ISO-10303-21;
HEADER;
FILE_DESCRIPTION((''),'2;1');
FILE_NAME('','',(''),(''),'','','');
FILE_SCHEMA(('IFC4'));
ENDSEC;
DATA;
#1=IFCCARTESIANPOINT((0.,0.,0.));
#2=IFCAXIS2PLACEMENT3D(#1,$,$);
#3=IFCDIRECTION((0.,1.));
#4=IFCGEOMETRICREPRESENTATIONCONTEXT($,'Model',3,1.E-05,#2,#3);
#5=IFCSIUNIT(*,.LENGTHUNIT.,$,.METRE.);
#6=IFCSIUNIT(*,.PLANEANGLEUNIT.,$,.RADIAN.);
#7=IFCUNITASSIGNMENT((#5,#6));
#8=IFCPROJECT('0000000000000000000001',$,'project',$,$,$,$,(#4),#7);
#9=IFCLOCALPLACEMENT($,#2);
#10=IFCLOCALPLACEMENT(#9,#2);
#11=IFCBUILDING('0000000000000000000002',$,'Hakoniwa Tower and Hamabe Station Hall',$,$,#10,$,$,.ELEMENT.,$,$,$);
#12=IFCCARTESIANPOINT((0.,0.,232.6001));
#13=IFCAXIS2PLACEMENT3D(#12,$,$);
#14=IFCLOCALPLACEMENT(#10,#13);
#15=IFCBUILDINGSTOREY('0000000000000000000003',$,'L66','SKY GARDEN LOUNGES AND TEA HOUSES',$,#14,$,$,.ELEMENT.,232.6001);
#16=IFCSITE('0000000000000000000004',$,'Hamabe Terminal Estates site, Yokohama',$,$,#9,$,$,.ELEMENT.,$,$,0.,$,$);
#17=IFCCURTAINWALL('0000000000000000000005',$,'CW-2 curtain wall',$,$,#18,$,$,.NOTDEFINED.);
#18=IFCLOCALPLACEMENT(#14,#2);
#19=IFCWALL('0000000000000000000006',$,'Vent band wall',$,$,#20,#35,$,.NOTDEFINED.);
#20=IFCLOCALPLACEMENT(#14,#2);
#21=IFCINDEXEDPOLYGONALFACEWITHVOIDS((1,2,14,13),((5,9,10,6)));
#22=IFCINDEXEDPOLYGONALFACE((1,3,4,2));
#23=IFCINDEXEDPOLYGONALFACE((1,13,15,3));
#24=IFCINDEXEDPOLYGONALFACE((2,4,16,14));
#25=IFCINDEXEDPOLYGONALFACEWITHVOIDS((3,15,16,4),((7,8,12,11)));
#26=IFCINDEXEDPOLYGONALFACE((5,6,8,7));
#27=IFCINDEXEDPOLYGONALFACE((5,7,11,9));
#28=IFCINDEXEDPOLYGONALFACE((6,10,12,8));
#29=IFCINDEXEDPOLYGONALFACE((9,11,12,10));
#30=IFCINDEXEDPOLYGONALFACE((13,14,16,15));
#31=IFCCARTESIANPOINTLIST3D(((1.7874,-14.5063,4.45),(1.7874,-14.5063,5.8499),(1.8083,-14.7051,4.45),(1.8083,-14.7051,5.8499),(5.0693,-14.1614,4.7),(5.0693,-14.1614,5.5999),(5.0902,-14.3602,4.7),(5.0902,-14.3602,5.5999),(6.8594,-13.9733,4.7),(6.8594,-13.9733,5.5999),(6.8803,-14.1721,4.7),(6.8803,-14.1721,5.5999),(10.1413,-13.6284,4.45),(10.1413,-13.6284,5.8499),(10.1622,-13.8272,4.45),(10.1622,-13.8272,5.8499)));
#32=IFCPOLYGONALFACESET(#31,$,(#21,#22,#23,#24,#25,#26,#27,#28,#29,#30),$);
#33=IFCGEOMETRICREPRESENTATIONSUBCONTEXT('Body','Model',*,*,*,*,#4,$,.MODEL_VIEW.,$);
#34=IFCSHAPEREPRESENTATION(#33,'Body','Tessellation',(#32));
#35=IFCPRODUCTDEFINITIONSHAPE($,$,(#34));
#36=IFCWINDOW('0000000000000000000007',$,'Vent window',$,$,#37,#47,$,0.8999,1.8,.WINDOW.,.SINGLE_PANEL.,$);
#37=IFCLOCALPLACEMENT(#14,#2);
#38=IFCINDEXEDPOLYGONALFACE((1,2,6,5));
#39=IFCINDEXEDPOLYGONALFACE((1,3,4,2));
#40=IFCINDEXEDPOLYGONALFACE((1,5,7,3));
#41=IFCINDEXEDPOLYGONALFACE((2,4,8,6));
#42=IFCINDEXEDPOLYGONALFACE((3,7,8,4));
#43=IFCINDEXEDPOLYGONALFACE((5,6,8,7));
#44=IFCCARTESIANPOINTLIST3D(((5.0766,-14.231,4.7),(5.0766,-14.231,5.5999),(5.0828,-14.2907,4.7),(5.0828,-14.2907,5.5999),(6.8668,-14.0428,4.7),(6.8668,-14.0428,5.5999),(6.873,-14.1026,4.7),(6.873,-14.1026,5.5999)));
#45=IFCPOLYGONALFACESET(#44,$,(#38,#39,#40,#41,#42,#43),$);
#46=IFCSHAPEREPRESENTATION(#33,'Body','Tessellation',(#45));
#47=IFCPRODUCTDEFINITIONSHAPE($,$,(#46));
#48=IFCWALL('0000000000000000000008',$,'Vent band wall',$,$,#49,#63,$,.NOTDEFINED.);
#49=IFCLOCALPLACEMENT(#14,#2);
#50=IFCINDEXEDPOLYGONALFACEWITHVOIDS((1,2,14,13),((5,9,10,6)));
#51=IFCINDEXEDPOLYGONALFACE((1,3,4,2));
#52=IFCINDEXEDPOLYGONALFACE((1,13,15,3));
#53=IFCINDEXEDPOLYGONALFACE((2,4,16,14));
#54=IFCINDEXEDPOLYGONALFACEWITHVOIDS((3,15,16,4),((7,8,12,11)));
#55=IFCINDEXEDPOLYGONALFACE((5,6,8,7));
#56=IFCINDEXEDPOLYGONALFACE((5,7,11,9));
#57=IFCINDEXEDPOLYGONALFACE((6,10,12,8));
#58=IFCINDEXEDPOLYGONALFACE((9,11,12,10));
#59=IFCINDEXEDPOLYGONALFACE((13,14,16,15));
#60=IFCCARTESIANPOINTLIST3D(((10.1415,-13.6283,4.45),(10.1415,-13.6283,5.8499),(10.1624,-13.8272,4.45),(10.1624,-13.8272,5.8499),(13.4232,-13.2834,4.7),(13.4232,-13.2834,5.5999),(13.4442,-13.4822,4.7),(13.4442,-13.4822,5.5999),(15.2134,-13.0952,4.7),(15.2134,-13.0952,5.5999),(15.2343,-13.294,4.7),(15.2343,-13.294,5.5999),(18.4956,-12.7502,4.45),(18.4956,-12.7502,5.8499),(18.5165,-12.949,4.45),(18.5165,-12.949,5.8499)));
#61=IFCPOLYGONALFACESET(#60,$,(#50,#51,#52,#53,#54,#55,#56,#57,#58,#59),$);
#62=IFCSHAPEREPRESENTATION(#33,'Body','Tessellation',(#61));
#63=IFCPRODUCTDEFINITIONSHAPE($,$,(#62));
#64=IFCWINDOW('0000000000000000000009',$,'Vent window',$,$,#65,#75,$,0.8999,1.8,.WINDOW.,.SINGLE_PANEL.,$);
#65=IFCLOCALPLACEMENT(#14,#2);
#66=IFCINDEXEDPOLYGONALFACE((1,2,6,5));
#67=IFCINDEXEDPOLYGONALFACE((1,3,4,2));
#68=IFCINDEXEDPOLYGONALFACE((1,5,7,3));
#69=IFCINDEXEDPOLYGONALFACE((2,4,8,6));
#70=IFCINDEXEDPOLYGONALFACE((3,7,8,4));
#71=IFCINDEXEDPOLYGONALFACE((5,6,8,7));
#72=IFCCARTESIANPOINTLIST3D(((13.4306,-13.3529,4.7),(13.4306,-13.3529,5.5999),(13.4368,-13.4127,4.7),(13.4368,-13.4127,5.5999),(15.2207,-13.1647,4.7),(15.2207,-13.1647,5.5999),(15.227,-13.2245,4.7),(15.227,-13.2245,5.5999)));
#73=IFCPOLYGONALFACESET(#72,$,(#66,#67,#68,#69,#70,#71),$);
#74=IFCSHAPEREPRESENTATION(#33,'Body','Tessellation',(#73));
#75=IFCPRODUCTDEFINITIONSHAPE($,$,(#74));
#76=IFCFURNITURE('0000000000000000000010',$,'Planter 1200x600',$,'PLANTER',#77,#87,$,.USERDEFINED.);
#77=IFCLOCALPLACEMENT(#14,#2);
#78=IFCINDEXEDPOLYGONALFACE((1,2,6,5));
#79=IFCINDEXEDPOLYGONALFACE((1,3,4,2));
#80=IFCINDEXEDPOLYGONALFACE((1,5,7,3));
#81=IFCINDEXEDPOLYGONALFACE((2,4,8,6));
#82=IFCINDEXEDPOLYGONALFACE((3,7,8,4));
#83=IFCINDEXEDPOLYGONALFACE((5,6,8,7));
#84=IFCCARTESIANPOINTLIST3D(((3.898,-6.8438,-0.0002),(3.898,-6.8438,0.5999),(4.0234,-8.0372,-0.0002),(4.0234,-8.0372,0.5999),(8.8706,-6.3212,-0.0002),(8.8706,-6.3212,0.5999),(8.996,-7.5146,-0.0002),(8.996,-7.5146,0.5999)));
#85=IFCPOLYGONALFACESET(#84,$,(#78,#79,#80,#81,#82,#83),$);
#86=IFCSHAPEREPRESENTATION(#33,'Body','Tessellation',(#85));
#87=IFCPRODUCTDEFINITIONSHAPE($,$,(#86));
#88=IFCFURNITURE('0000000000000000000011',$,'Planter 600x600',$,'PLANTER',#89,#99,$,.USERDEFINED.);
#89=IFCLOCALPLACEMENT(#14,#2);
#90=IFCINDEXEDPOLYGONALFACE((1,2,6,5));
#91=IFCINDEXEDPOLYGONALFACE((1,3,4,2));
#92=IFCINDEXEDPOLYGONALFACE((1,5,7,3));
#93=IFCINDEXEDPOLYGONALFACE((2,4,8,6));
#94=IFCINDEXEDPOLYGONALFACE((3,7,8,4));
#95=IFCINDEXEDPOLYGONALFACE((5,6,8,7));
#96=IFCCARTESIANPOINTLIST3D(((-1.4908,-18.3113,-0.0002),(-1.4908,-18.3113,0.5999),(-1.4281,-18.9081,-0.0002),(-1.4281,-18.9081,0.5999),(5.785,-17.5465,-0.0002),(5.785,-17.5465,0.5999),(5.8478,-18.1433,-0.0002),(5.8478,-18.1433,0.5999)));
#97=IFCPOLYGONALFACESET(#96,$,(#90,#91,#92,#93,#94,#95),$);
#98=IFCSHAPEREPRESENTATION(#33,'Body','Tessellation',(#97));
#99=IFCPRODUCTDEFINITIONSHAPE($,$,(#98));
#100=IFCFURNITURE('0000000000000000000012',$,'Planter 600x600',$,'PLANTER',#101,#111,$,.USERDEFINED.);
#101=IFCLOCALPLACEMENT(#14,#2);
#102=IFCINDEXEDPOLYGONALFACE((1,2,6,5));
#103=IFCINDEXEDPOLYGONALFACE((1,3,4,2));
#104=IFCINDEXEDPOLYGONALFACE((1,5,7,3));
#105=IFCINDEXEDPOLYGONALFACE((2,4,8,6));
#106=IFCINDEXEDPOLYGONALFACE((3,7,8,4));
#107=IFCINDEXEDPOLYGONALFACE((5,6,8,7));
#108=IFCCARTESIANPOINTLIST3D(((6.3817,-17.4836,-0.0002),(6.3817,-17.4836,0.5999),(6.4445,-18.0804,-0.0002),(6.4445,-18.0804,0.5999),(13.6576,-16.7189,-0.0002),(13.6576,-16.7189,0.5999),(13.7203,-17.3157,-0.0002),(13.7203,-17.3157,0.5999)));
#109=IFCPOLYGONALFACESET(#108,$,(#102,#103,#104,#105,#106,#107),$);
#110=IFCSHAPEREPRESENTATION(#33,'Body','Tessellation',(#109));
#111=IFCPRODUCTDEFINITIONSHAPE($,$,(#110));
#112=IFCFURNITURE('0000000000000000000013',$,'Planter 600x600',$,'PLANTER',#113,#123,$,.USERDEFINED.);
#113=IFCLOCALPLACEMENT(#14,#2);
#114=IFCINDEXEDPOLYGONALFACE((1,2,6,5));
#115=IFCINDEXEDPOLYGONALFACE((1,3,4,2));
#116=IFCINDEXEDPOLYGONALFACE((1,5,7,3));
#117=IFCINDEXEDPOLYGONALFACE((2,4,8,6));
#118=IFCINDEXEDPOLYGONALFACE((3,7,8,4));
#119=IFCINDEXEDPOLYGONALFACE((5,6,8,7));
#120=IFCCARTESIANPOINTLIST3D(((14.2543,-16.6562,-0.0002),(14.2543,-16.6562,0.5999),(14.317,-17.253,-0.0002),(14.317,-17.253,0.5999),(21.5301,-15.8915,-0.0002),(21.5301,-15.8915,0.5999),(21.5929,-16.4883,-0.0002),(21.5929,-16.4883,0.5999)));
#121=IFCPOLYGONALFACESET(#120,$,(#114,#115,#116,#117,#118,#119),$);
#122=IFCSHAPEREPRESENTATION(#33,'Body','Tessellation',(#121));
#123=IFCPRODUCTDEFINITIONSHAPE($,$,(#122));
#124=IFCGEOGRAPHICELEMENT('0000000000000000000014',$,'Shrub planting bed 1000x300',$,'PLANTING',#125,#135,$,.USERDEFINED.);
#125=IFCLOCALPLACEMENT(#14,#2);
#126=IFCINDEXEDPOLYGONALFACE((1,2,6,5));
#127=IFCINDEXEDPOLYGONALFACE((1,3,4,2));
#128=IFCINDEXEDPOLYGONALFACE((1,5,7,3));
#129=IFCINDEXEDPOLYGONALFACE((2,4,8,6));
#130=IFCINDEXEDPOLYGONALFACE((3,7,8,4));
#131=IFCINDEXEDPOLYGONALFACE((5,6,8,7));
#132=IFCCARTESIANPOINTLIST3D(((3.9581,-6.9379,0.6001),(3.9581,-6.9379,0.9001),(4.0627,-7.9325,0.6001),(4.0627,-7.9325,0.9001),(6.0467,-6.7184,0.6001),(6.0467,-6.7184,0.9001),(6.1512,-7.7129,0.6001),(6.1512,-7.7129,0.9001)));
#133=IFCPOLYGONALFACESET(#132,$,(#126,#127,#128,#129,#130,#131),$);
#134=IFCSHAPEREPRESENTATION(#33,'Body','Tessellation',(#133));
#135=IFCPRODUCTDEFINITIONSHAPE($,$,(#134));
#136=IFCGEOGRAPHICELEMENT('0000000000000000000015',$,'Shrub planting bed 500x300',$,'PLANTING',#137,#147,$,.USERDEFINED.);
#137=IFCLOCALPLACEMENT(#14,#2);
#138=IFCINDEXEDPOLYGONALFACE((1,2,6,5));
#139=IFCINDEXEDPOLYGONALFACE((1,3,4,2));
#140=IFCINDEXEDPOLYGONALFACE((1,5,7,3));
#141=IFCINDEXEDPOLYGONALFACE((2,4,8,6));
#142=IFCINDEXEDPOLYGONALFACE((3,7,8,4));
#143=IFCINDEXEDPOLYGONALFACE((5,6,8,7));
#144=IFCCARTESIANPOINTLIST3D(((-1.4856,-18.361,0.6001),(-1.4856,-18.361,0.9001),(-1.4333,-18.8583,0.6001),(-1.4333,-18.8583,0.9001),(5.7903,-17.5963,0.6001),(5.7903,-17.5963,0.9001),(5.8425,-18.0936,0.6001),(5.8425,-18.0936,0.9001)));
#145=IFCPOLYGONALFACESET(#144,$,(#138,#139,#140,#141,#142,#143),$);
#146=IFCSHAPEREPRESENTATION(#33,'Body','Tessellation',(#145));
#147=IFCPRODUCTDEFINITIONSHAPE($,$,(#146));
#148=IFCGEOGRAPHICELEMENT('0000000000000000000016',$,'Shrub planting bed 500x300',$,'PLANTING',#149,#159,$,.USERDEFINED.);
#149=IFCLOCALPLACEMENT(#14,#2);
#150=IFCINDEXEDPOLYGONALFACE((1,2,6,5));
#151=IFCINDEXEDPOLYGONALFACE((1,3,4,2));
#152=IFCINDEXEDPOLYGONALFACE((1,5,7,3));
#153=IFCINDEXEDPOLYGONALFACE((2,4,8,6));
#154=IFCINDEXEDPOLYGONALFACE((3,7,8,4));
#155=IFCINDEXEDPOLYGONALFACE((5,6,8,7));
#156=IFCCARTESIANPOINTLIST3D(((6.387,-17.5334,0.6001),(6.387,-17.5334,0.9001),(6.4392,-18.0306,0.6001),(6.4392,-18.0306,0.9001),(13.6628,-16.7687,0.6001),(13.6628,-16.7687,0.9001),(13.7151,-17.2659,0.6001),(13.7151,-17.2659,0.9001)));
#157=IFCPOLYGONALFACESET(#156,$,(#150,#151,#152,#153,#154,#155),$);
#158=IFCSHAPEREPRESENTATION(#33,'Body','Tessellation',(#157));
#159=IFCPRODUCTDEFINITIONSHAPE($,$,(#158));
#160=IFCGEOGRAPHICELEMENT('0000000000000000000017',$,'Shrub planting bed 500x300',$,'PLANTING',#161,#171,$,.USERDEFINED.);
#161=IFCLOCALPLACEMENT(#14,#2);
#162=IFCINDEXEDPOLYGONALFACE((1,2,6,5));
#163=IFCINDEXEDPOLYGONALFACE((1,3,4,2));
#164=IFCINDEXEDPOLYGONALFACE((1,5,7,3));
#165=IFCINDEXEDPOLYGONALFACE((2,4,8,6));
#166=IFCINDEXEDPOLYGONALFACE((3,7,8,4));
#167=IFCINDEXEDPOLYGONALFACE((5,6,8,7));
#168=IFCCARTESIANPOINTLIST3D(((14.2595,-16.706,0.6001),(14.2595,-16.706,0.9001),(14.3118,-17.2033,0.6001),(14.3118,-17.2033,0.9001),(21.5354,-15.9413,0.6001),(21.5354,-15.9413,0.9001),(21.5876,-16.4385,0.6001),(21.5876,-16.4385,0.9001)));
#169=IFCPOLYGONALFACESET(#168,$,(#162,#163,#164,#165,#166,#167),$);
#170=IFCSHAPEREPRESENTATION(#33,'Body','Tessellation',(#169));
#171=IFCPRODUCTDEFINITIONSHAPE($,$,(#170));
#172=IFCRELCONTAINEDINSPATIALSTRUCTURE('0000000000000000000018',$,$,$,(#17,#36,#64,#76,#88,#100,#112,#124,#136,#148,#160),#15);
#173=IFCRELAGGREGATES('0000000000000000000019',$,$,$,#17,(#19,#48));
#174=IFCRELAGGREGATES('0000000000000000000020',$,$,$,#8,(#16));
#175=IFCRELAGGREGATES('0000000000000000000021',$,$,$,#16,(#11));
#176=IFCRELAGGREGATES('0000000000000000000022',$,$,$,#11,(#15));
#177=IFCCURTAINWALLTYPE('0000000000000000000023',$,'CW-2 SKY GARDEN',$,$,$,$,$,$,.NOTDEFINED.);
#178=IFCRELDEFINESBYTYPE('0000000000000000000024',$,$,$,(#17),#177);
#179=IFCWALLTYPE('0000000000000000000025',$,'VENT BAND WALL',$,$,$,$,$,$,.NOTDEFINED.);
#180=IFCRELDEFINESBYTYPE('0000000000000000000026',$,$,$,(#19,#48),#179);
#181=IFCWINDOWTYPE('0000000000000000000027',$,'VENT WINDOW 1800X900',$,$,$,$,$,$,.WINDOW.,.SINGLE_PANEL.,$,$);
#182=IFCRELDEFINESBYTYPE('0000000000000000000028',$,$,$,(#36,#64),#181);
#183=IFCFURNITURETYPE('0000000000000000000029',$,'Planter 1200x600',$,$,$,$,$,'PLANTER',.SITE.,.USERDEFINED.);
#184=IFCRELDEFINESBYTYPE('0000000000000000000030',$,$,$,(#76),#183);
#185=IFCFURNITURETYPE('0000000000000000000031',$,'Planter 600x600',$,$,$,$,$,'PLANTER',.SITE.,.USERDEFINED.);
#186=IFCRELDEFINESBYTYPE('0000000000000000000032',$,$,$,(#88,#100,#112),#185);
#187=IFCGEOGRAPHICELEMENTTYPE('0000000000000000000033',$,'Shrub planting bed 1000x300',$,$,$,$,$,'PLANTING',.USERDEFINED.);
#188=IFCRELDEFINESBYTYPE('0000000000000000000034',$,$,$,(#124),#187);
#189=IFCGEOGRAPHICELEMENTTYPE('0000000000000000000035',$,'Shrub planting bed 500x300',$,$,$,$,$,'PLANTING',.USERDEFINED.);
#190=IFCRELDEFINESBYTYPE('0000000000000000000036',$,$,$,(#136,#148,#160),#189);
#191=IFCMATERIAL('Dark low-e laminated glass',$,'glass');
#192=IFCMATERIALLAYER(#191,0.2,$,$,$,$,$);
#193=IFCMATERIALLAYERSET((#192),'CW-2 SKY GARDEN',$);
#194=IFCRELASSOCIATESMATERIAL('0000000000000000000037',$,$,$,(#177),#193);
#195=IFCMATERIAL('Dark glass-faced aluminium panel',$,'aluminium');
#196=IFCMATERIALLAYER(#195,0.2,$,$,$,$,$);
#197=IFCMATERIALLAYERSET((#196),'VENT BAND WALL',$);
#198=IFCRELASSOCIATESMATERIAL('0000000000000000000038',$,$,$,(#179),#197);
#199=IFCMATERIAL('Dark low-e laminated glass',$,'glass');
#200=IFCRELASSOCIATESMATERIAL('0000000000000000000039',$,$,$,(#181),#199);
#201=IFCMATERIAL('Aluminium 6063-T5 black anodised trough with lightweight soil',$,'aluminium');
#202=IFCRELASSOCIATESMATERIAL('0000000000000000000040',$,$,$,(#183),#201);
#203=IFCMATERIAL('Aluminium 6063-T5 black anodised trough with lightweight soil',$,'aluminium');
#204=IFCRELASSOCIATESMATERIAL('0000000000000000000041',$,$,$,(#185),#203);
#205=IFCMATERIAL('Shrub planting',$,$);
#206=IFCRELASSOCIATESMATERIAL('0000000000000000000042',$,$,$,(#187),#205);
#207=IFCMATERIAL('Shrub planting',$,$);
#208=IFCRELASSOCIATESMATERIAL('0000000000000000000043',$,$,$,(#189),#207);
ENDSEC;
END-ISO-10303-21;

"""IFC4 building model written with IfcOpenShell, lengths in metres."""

from ifc_helpers import new_model, si_unit, direction, frame, frame_2d, origin, origin_2d, place, context, subcontext, project, spatial, rectangle, extrude, material, layer, layer_set, type_object, element, fill, aggregate, save


model = new_model("IFC4")

# Units and contexts
model_context = context("Model", 3, precision=1e-05, world=origin(), true_north=direction((0.0, 1.0)))
body_context = subcontext(model_context, "Body", "Model", "MODEL_VIEW")
ifc_project = project(units=[si_unit("LENGTHUNIT", "METRE"), si_unit("PLANEANGLEUNIT", "RADIAN")], contexts=[model_context])

# Site, building, storey
site_placement = place(None, origin())
site = spatial("IfcSite", under=ifc_project, at=site_placement, Name="Hamabe Terminal Estates site, Yokohama", CompositionType="ELEMENT", RefElevation=0.0)
building_placement = place(site_placement, origin())
building = spatial("IfcBuilding", under=site, at=building_placement, Name="Hakoniwa Tower and Hamabe Station Hall", CompositionType="ELEMENT")
storey_placement = place(building_placement, frame((0.0, 0.0, 232.6001)))
storey = spatial("IfcBuildingStorey", under=building, at=storey_placement, Name="L66", Description="SKY GARDEN LOUNGES AND TEA HOUSES", CompositionType="ELEMENT", Elevation=232.6001)

# Curtain wall
ifc_material_1 = material(Name="Dark low-e laminated glass", Category="glass")
ifc_layer_1 = layer(ifc_material_1, 0.2)
ifc_layer_set_1 = layer_set([ifc_layer_1], Name="CW-2 SKY GARDEN")
curtain_wall_type = type_object("IfcCurtainWallType", Name="CW-2 SKY GARDEN", PredefinedType="NOTDEFINED", material=ifc_layer_set_1)
curtain_wall_placement = place(storey_placement, origin())
curtain_wall = element("IfcCurtainWall", 1, at=curtain_wall_placement, inside=storey, type_object=curtain_wall_type, Name="CW-2 curtain wall", PredefinedType="NOTDEFINED")

# Walls, openings, windows
ifc_material_2 = material(Name="Dark glass-faced aluminium panel", Category="aluminium")
ifc_layer_2 = layer(ifc_material_2, 0.2)
ifc_layer_set_2 = layer_set([ifc_layer_2], Name="VENT BAND WALL")
wall_type_1 = type_object("IfcWallType", Name="VENT BAND WALL", PredefinedType="NOTDEFINED", material=ifc_layer_set_2)
wall_1_placement = place(storey_placement, frame((1.7979, -14.6057, 4.45), z_axis=(0.0, 0.0, 1.0), x_axis=(0.994523, 0.104515, 0.0)))
wall_1 = element("IfcWall", 2, at=wall_1_placement, type_object=wall_type_1, Name="Vent band wall", PredefinedType="NOTDEFINED", context=body_context, shape_type="SweptSolid", body=[
    extrude(rectangle(XDim=8.3999, YDim=0.2, at=frame_2d((4.2, 0.0))), origin(), (0.0, 0.0, 1.0), 1.3999),
])
opening_1_placement = place(wall_1_placement, frame((3.3, 0.0, 0.25)))
opening_1 = element("IfcOpeningElement", 3, at=opening_1_placement, cuts=wall_1, PredefinedType="OPENING", context=body_context, shape_type="SweptSolid", body=[
    extrude(rectangle(XDim=1.8, YDim=0.8999, at=frame_2d((0.8999, 0.45))), frame((0.0, 0.1099, 0.0), z_axis=(0.0, -1.0, 0.0), x_axis=(1.0, 0.0, 0.0)), (0.0, 0.0, 1.0), 0.22),
])
ifc_material_3 = material(Name="Dark low-e laminated glass", Category="glass")
window_type = type_object("IfcWindowType", Name="VENT WINDOW 1800X900", PartitioningType="SINGLE_PANEL", PredefinedType="WINDOW", material=ifc_material_3)
window_1_placement = place(opening_1_placement, origin())
window_1 = element("IfcWindow", 4, at=window_1_placement, inside=storey, type_object=window_type, Name="Vent window", OverallHeight=0.8999, OverallWidth=1.8, PartitioningType="SINGLE_PANEL", PredefinedType="WINDOW", context=body_context, shape_type="SweptSolid", body=[
    extrude(rectangle(XDim=1.8, YDim=0.8999, at=frame_2d((0.8999, 0.45))), frame((0.0, 0.03, 0.0), z_axis=(0.0, -1.0, 0.0), x_axis=(1.0, 0.0, 0.0)), (0.0, 0.0, 1.0), 0.0601),
])
fill(opening_1, window_1)
wall_2_placement = place(storey_placement, frame((10.1519, -13.7278, 4.45), z_axis=(0.0, 0.0, 1.0), x_axis=(0.99452, 0.104544, 0.0)))
wall_2 = element("IfcWall", 5, at=wall_2_placement, type_object=wall_type_1, Name="Vent band wall", PredefinedType="NOTDEFINED", context=body_context, shape_type="SweptSolid", body=[
    extrude(rectangle(XDim=8.4001, YDim=0.2, at=frame_2d((4.2002, 0.0))), origin(), (0.0, 0.0, 1.0), 1.3999),
])
opening_2_placement = place(wall_2_placement, frame((3.3, 0.0, 0.25)))
opening_2 = element("IfcOpeningElement", 6, at=opening_2_placement, cuts=wall_2, PredefinedType="OPENING", context=body_context, shape_type="SweptSolid", body=[
    extrude(rectangle(XDim=1.8, YDim=0.8999, at=frame_2d((0.8999, 0.45))), frame((0.0, 0.1099, 0.0), z_axis=(0.0, -1.0, 0.0), x_axis=(1.0, 0.0, 0.0)), (0.0, 0.0, 1.0), 0.22),
])
window_2_placement = place(opening_2_placement, origin())
window_2 = element("IfcWindow", 7, at=window_2_placement, inside=storey, type_object=window_type, Name="Vent window", OverallHeight=0.8999, OverallWidth=1.8, PartitioningType="SINGLE_PANEL", PredefinedType="WINDOW", context=body_context, shape_type="SweptSolid", body=[
    extrude(rectangle(XDim=1.8, YDim=0.8999, at=frame_2d((0.8999, 0.45))), frame((0.0, 0.03, 0.0), z_axis=(0.0, -1.0, 0.0), x_axis=(1.0, 0.0, 0.0)), (0.0, 0.0, 1.0), 0.0601),
])
fill(opening_2, window_2)
aggregate(curtain_wall, [wall_1, wall_2])

# Furniture
ifc_material_4 = material(Name="Aluminium 6063-T5 black anodised trough with lightweight soil", Category="aluminium")
furniture_type_1 = type_object("IfcFurnitureType", Name="Planter 1200x600", ElementType="PLANTER", AssemblyPlace="SITE", PredefinedType="USERDEFINED", material=ifc_material_4)
furniture_placement = place(storey_placement, frame((6.447, -7.1792, -0.0002), z_axis=(0.0, 0.0, 1.0), x_axis=(0.994522, 0.104528, 0.0)))
element("IfcFurniture", 8, at=furniture_placement, inside=storey, type_object=furniture_type_1, Name="Planter 1200x600", ObjectType="PLANTER", PredefinedType="USERDEFINED", context=body_context, shape_type="SweptSolid", body=[
    extrude(rectangle(XDim=5.0, YDim=1.2, at=origin_2d()), origin(), (0.0, 0.0, 1.0), 0.6001),
])
ifc_material_5 = material(Name="Aluminium 6063-T5 black anodised trough with lightweight soil", Category="aluminium")
furniture_type_2 = type_object("IfcFurnitureType", Name="Planter 600x600", ElementType="PLANTER", AssemblyPlace="SITE", PredefinedType="USERDEFINED", material=ifc_material_5)
for number, where, z_axis, x_axis, name in (
    (9, (2.1785, -18.2273, -0.0002), (0.0, 0.0, 1.0), (0.994522, 0.104528, 0.0), "Planter 600x600"),
    (10, (10.051, -17.3997, -0.0002), (0.0, 0.0, 1.0), (0.994522, 0.104528, 0.0), "Planter 600x600"),
    (11, (17.9236, -16.5723, -0.0002), (0.0, 0.0, 1.0), (0.994522, 0.104528, 0.0), "Planter 600x600"),
):
    element("IfcFurniture", number, at=place(storey_placement, frame(where, z_axis=z_axis, x_axis=x_axis)), inside=storey, type_object=furniture_type_2, Name=name, ObjectType="PLANTER", PredefinedType="USERDEFINED", context=body_context, shape_type="SweptSolid", body=[
        extrude(rectangle(XDim=7.3159, YDim=0.6001, at=origin_2d()), origin(), (0.0, 0.0, 1.0), 0.6001),
    ])

# Geographic elements
ifc_material_6 = material(Name="Shrub planting")
geographic_element_type_1 = type_object("IfcGeographicElementType", Name="Shrub planting bed 1000x300", ElementType="PLANTING", PredefinedType="USERDEFINED", material=ifc_material_6)
geographic_element_placement = place(storey_placement, frame((5.0547, -7.3254, 0.6001), z_axis=(0.0, 0.0, 1.0), x_axis=(0.994522, 0.104528, 0.0)))
element("IfcGeographicElement", 12, at=geographic_element_placement, inside=storey, type_object=geographic_element_type_1, Name="Shrub planting bed 1000x300", ObjectType="PLANTING", PredefinedType="USERDEFINED", context=body_context, shape_type="SweptSolid", body=[
    extrude(rectangle(XDim=2.1001, YDim=1.0, at=origin_2d()), origin(), (0.0, 0.0, 1.0), 0.3),
])
ifc_material_7 = material(Name="Shrub planting")
geographic_element_type_2 = type_object("IfcGeographicElementType", Name="Shrub planting bed 500x300", ElementType="PLANTING", PredefinedType="USERDEFINED", material=ifc_material_7)
for number, where, z_axis, x_axis, name in (
    (13, (2.1785, -18.2273, 0.6001), (0.0, 0.0, 1.0), (0.994522, 0.104528, 0.0), "Shrub planting bed 500x300"),
    (14, (10.051, -17.3997, 0.6001), (0.0, 0.0, 1.0), (0.994522, 0.104528, 0.0), "Shrub planting bed 500x300"),
    (15, (17.9236, -16.5723, 0.6001), (0.0, 0.0, 1.0), (0.994522, 0.104528, 0.0), "Shrub planting bed 500x300"),
):
    element("IfcGeographicElement", number, at=place(storey_placement, frame(where, z_axis=z_axis, x_axis=x_axis)), inside=storey, type_object=geographic_element_type_2, Name=name, ObjectType="PLANTING", PredefinedType="USERDEFINED", context=body_context, shape_type="SweptSolid", body=[
        extrude(rectangle(XDim=7.3159, YDim=0.5, at=origin_2d()), origin(), (0.0, 0.0, 1.0), 0.3),
    ])

save(model, "model.ifc")
